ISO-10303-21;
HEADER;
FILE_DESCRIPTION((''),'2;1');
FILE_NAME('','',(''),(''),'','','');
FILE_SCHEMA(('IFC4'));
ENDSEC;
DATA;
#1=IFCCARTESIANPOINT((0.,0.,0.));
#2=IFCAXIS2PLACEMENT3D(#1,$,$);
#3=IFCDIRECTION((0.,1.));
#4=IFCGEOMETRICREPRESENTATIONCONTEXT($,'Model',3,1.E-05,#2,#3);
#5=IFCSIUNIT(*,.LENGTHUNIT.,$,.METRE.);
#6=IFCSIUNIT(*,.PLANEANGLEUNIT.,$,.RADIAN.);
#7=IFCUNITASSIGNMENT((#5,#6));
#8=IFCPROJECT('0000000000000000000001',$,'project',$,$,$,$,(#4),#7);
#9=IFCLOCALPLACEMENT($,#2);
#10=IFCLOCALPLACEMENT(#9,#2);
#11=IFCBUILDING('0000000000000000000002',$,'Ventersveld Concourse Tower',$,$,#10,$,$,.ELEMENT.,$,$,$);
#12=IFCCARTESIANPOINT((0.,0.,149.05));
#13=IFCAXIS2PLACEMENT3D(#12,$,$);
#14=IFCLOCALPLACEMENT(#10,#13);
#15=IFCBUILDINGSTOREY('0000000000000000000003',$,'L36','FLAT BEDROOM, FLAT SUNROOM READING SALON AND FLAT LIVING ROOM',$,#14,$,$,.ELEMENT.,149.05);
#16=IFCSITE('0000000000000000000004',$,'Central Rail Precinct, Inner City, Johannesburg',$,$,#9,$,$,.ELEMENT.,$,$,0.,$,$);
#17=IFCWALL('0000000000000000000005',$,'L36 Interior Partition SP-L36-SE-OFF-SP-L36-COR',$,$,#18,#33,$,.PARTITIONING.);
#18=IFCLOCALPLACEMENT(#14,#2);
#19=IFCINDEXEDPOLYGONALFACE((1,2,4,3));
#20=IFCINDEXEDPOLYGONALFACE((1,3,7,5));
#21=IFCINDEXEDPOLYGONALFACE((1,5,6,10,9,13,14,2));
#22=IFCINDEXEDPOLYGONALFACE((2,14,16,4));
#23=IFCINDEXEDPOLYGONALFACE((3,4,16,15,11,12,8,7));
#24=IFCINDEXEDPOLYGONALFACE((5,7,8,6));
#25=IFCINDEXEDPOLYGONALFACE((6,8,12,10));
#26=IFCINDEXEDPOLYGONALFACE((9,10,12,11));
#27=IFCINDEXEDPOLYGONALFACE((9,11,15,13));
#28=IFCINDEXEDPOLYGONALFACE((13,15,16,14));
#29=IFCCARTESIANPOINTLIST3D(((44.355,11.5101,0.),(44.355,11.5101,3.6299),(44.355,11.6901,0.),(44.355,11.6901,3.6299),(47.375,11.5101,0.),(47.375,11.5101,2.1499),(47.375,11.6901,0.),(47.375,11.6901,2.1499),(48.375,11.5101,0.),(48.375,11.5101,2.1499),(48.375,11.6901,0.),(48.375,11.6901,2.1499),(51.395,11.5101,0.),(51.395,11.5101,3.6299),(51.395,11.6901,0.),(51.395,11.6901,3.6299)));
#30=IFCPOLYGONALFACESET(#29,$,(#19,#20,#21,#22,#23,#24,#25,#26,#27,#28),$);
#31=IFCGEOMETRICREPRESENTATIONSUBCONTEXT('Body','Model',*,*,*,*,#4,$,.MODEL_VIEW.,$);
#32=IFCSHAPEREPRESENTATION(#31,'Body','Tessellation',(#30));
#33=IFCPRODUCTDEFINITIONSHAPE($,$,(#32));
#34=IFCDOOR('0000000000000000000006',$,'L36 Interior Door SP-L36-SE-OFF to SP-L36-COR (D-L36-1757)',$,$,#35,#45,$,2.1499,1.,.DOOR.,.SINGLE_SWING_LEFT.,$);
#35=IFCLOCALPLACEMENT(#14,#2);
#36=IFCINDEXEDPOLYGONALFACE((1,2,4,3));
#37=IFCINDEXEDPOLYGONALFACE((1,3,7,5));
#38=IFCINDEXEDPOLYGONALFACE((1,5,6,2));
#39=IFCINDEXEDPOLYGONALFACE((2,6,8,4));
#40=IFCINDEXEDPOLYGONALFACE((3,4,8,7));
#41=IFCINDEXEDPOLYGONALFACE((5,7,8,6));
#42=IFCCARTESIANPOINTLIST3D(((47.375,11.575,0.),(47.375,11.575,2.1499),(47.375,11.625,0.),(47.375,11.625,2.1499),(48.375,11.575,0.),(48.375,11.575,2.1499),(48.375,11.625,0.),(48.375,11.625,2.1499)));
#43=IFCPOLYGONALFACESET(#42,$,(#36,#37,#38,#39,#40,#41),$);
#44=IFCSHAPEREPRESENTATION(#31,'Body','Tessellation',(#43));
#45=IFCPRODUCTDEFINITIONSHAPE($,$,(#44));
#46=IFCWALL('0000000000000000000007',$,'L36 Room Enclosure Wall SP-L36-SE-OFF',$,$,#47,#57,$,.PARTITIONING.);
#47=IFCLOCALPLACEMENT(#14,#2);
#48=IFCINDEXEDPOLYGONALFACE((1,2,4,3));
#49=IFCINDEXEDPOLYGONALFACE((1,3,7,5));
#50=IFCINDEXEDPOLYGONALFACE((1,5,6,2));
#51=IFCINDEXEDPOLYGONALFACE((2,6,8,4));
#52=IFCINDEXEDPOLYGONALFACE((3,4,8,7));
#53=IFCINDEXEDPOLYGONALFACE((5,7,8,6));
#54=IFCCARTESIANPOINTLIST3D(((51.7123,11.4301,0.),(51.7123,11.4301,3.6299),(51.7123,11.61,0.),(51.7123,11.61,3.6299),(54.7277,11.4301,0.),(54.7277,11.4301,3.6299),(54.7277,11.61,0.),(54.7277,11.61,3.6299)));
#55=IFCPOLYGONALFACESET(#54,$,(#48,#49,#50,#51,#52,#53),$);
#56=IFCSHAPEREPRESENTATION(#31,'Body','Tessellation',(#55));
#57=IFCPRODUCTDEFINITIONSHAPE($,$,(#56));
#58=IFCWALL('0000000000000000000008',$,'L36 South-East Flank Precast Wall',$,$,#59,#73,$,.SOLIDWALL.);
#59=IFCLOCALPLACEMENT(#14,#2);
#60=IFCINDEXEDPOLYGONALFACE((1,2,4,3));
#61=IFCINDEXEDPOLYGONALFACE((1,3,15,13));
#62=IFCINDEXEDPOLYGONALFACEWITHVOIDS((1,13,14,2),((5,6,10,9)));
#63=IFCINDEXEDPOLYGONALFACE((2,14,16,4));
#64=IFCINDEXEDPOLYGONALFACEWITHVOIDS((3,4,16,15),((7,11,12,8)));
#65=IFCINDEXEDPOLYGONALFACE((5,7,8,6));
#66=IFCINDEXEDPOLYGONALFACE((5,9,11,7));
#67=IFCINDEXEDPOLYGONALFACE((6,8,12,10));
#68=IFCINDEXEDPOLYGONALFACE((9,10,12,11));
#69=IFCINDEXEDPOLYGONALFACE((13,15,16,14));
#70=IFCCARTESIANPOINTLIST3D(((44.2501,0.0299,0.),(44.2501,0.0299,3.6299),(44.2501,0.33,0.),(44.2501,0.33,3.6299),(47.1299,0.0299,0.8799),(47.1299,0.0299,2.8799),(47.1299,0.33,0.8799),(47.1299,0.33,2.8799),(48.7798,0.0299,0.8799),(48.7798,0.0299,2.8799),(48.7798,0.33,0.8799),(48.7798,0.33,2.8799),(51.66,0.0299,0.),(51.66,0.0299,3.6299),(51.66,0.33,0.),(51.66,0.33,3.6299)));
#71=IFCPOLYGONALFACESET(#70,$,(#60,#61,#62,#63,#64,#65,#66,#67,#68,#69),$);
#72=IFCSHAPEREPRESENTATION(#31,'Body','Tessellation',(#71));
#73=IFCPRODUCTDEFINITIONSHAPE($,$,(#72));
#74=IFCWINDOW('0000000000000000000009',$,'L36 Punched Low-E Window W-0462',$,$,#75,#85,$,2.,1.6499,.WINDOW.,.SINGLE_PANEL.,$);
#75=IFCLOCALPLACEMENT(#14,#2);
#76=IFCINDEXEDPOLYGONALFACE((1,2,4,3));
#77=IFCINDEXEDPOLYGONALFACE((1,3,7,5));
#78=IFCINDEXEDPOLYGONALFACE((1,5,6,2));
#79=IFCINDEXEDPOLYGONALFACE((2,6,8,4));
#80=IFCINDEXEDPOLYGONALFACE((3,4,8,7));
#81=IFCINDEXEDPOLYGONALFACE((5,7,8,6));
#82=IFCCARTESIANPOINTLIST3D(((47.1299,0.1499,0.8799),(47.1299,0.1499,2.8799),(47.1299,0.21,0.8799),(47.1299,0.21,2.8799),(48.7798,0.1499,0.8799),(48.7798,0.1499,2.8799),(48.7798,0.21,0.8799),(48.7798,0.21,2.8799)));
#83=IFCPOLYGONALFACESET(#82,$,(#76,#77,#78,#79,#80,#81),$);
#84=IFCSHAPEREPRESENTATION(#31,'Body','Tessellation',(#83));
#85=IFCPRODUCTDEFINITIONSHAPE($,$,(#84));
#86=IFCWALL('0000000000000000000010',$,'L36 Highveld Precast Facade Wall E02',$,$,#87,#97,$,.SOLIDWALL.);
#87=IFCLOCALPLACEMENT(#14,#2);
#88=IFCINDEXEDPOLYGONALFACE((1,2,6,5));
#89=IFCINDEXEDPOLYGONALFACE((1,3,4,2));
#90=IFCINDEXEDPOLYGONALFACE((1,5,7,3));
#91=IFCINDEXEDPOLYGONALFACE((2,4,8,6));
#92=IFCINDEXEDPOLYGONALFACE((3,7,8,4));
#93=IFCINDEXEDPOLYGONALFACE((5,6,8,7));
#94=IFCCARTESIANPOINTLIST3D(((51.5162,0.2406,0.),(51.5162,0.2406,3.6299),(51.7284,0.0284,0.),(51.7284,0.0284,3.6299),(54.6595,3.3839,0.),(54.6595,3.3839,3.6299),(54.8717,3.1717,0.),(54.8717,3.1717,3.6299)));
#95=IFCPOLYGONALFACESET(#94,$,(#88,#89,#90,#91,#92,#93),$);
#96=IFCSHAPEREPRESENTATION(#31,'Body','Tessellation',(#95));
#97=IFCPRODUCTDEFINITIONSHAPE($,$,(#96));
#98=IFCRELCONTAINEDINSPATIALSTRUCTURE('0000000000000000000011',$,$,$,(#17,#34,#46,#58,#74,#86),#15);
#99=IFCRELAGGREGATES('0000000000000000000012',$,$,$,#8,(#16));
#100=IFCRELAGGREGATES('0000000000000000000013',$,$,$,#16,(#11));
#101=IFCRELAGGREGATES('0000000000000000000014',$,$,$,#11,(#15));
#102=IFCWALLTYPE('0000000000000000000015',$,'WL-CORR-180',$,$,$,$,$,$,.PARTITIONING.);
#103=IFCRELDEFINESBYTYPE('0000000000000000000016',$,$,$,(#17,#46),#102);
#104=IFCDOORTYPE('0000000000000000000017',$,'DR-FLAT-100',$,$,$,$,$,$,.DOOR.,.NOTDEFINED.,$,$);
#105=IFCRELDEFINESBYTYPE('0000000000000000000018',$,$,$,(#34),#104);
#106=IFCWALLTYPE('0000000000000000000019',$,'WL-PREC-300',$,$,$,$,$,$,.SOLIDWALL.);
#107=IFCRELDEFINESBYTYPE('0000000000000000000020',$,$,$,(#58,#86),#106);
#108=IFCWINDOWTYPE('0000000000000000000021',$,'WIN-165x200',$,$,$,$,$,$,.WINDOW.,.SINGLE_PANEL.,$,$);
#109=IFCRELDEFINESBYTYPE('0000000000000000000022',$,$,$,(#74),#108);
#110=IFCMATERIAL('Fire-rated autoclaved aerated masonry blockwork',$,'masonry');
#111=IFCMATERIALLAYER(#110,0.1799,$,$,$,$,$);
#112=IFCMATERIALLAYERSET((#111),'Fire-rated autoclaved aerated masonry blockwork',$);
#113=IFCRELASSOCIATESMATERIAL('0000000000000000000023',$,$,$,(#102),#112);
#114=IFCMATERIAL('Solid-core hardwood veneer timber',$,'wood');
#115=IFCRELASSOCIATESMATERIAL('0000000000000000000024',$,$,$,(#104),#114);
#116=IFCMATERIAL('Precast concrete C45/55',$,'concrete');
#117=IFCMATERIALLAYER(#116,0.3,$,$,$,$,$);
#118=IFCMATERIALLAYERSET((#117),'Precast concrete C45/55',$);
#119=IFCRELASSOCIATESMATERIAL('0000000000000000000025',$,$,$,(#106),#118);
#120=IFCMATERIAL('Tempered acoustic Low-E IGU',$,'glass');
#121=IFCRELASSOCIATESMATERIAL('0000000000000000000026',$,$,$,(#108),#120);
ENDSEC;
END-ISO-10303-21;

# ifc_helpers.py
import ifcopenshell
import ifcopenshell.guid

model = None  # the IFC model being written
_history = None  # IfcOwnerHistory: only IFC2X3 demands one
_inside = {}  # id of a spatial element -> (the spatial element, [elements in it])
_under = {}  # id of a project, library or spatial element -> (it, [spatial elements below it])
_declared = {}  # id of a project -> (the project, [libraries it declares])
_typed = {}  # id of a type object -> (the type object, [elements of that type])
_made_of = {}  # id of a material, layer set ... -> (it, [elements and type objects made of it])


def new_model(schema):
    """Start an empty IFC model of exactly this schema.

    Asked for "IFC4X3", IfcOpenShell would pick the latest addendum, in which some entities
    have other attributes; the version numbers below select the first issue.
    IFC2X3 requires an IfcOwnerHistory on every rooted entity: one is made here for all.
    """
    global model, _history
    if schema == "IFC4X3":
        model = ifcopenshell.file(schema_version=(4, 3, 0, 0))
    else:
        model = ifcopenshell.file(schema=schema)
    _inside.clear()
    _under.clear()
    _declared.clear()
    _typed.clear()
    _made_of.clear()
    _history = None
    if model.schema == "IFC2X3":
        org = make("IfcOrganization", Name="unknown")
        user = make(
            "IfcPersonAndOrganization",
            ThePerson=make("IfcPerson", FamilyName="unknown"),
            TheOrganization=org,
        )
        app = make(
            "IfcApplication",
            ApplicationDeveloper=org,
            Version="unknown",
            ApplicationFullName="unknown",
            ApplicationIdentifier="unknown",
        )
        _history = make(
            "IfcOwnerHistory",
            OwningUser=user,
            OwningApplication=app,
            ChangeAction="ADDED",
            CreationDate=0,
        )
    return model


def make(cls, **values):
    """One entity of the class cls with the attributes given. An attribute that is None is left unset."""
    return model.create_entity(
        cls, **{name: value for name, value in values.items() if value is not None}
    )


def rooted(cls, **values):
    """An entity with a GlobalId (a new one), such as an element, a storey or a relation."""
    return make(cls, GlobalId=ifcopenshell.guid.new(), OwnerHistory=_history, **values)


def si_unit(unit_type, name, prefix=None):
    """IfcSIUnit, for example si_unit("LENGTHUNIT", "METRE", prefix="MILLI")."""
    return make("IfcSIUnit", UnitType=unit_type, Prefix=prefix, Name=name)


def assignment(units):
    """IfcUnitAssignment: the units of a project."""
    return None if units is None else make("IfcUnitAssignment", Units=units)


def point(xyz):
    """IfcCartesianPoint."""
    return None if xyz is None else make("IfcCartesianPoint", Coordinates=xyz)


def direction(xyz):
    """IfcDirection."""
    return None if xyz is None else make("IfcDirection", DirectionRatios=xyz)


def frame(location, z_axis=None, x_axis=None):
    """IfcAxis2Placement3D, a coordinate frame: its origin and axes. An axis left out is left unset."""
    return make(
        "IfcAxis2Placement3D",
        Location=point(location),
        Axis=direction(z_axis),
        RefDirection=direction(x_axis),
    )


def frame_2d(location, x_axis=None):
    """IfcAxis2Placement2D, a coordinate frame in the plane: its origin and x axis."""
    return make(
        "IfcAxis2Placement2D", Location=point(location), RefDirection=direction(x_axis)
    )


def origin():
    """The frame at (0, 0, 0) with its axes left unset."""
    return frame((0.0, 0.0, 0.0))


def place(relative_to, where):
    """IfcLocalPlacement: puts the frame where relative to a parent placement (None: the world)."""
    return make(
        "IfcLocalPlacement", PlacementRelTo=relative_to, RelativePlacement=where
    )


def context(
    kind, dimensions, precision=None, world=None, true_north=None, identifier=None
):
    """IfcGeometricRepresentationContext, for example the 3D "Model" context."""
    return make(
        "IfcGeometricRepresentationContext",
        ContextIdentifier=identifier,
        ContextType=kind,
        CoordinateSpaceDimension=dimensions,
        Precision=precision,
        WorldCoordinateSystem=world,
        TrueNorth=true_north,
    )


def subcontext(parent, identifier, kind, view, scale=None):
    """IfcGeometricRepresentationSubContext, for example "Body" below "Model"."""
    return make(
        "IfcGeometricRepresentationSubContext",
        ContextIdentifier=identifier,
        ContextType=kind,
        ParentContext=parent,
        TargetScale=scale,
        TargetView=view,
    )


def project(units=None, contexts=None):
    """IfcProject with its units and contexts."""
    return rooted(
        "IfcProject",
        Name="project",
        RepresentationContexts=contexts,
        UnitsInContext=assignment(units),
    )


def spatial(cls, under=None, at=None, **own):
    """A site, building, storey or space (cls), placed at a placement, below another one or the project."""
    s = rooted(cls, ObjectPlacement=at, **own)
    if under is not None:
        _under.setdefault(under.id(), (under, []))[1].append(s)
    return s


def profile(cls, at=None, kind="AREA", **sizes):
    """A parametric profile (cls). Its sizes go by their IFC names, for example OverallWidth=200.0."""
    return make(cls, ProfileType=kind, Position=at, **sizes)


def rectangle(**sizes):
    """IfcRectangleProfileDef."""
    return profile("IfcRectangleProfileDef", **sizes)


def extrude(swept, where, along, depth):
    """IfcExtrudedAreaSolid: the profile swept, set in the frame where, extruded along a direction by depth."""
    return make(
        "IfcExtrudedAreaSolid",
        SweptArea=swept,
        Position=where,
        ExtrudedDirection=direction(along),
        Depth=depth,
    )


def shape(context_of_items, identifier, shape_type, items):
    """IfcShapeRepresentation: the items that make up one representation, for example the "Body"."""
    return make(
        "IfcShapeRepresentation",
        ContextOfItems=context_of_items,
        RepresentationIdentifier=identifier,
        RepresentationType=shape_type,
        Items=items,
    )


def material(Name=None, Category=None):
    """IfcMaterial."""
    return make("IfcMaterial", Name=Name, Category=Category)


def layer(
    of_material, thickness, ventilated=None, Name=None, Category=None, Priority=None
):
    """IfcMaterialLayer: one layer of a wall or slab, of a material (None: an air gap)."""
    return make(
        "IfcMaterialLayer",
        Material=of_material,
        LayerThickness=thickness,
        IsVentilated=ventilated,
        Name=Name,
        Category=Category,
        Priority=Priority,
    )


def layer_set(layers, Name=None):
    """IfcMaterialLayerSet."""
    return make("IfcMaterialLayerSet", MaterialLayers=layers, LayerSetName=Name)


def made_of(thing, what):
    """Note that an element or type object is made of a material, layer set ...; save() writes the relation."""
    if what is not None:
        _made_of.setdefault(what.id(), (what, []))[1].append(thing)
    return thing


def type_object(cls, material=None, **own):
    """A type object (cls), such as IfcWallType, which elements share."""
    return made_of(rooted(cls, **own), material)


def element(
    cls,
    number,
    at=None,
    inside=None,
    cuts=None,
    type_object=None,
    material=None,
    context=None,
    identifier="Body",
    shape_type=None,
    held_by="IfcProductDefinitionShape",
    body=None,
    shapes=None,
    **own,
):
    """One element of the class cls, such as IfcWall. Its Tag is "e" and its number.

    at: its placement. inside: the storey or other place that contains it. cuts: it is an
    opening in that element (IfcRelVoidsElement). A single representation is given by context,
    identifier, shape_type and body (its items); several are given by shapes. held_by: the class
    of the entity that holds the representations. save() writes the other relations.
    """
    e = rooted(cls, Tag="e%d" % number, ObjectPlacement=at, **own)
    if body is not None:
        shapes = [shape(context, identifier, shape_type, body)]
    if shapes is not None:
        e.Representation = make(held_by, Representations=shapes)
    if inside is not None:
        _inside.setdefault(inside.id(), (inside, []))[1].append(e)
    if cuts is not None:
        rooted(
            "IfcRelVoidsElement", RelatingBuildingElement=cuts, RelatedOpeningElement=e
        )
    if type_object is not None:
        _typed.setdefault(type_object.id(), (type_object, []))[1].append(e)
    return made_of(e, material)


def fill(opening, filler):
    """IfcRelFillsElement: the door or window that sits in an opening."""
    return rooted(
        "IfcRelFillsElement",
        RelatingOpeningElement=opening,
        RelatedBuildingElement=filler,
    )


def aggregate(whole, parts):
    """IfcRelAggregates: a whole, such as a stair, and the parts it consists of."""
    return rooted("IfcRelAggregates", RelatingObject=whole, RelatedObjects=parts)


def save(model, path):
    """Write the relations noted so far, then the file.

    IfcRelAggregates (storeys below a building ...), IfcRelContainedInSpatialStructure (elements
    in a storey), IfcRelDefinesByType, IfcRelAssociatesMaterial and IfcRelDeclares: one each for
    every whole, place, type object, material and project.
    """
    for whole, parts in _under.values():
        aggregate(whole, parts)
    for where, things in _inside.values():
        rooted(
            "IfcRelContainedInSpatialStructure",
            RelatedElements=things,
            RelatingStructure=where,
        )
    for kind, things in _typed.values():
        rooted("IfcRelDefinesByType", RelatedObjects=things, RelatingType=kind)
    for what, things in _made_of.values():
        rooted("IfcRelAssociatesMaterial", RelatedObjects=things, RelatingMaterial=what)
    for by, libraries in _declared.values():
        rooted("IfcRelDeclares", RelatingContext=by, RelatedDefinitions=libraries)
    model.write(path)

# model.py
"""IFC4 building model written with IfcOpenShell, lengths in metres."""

from ifc_helpers import new_model, si_unit, direction, frame, frame_2d, origin, place, context, subcontext, project, spatial, rectangle, extrude, material, layer, layer_set, type_object, element, fill, save


model = new_model("IFC4")

# Units and contexts
model_context = context("Model", 3, precision=1e-05, world=origin(), true_north=direction((0.0, 1.0)))
body_context = subcontext(model_context, "Body", "Model", "MODEL_VIEW")
ifc_project = project(units=[si_unit("LENGTHUNIT", "METRE"), si_unit("PLANEANGLEUNIT", "RADIAN")], contexts=[model_context])

# Site, building, storey
site_placement = place(None, origin())
site = spatial("IfcSite", under=ifc_project, at=site_placement, Name="Central Rail Precinct, Inner City, Johannesburg", CompositionType="ELEMENT", RefElevation=0.0)
building_placement = place(site_placement, origin())
building = spatial("IfcBuilding", under=site, at=building_placement, Name="Ventersveld Concourse Tower", CompositionType="ELEMENT")
storey_placement = place(building_placement, frame((0.0, 0.0, 149.05)))
storey = spatial("IfcBuildingStorey", under=building, at=storey_placement, Name="L36", Description="FLAT BEDROOM, FLAT SUNROOM READING SALON AND FLAT LIVING ROOM", CompositionType="ELEMENT", Elevation=149.05)

# Wall, opening, door
ifc_material_1 = material(Name="Fire-rated autoclaved aerated masonry blockwork", Category="masonry")
ifc_layer_1 = layer(ifc_material_1, 0.1799)
ifc_layer_set_1 = layer_set([ifc_layer_1], Name="Fire-rated autoclaved aerated masonry blockwork")
wall_type_1 = type_object("IfcWallType", Name="WL-CORR-180", PredefinedType="PARTITIONING", material=ifc_layer_set_1)
wall_1_placement = place(storey_placement, frame((44.355, 11.6001, 0.0), z_axis=(0.0, 0.0, 1.0), x_axis=(1.0, 0.0, 0.0)))
wall_1 = element("IfcWall", 1, at=wall_1_placement, inside=storey, type_object=wall_type_1, Name="L36 Interior Partition SP-L36-SE-OFF-SP-L36-COR", PredefinedType="PARTITIONING", context=body_context, shape_type="SweptSolid", body=[
    extrude(rectangle(XDim=7.04, YDim=0.1799, at=frame_2d((3.52, 0.0))), origin(), (0.0, 0.0, 1.0), 3.6299),
])
opening_1_placement = place(wall_1_placement, frame((3.02, 0.0, 0.0)))
opening_1 = element("IfcOpeningElement", 2, at=opening_1_placement, cuts=wall_1, PredefinedType="OPENING", context=body_context, shape_type="SweptSolid", body=[
    extrude(rectangle(XDim=1.0, YDim=2.1499, at=frame_2d((0.5, 1.075))), frame((0.0, 0.1001, 0.0), z_axis=(0.0, -1.0, 0.0), x_axis=(1.0, 0.0, 0.0)), (0.0, 0.0, 1.0), 0.2),
])
ifc_material_2 = material(Name="Solid-core hardwood veneer timber", Category="wood")
door_type = type_object("IfcDoorType", Name="DR-FLAT-100", OperationType="NOTDEFINED", PredefinedType="DOOR", material=ifc_material_2)
door_placement = place(opening_1_placement, origin())
door = element("IfcDoor", 3, at=door_placement, inside=storey, type_object=door_type, Name="L36 Interior Door SP-L36-SE-OFF to SP-L36-COR (D-L36-1757)", OperationType="SINGLE_SWING_LEFT", OverallHeight=2.1499, OverallWidth=1.0, PredefinedType="DOOR", context=body_context, shape_type="SweptSolid", body=[
    extrude(rectangle(XDim=1.0, YDim=2.1499, at=frame_2d((0.5, 1.075))), frame((0.0, 0.0249, 0.0), z_axis=(0.0, -1.0, 0.0), x_axis=(1.0, 0.0, 0.0)), (0.0, 0.0, 1.0), 0.05),
])
fill(opening_1, door)

# Wall
wall_2_placement = place(storey_placement, frame((51.7122, 11.52, 0.0), z_axis=(0.0, 0.0, 1.0), x_axis=(1.0, 0.0, 0.0)))
element("IfcWall", 4, at=wall_2_placement, inside=storey, type_object=wall_type_1, Name="L36 Room Enclosure Wall SP-L36-SE-OFF", PredefinedType="PARTITIONING", context=body_context, shape_type="SweptSolid", body=[
    extrude(rectangle(XDim=3.0154, YDim=0.1799, at=frame_2d((1.5078, 0.0))), origin(), (0.0, 0.0, 1.0), 3.6299),
])

# Wall, opening, window
ifc_material_3 = material(Name="Precast concrete C45/55", Category="concrete")
ifc_layer_2 = layer(ifc_material_3, 0.3)
ifc_layer_set_2 = layer_set([ifc_layer_2], Name="Precast concrete C45/55")
wall_type_2 = type_object("IfcWallType", Name="WL-PREC-300", PredefinedType="SOLIDWALL", material=ifc_layer_set_2)
wall_3_placement = place(storey_placement, frame((44.25, 0.1799, 0.0), z_axis=(0.0, 0.0, 1.0), x_axis=(1.0, 0.0, 0.0)))
wall_3 = element("IfcWall", 5, at=wall_3_placement, inside=storey, type_object=wall_type_2, Name="L36 South-East Flank Precast Wall", PredefinedType="SOLIDWALL", context=body_context, shape_type="SweptSolid", body=[
    extrude(rectangle(XDim=7.4099, YDim=0.3, at=frame_2d((3.7051, 0.0))), origin(), (0.0, 0.0, 1.0), 3.6299),
])
opening_2_placement = place(wall_3_placement, frame((2.8799, 0.0, 0.8799)))
opening_2 = element("IfcOpeningElement", 6, at=opening_2_placement, cuts=wall_3, PredefinedType="OPENING", context=body_context, shape_type="SweptSolid", body=[
    extrude(rectangle(XDim=1.6499, YDim=2.0, at=frame_2d((0.825, 1.0))), frame((0.0, 0.1602, 0.0), z_axis=(0.0, -1.0, 0.0), x_axis=(1.0, 0.0, 0.0)), (0.0, 0.0, 1.0), 0.3201),
])
ifc_material_4 = material(Name="Tempered acoustic Low-E IGU", Category="glass")
window_type_1 = type_object("IfcWindowType", Name="WIN-165x200", PartitioningType="SINGLE_PANEL", PredefinedType="WINDOW", material=ifc_material_4)
window_1_placement = place(opening_2_placement, origin())
window_1 = element("IfcWindow", 7, at=window_1_placement, inside=storey, type_object=window_type_1, Name="L36 Punched Low-E Window W-0462", OverallHeight=2.0, OverallWidth=1.6499, PartitioningType="SINGLE_PANEL", PredefinedType="WINDOW", context=body_context, shape_type="SweptSolid", body=[
    extrude(rectangle(XDim=1.6499, YDim=2.0, at=frame_2d((0.825, 1.0))), frame((0.0, 0.03, 0.0), z_axis=(0.0, -1.0, 0.0), x_axis=(1.0, 0.0, 0.0)), (0.0, 0.0, 1.0), 0.0601),
])
fill(opening_2, window_1)

# Wall
wall_4_placement = place(storey_placement, frame((51.6223, 0.1345, 0.0), z_axis=(0.0, 0.0, 1.0), x_axis=(0.707107, 0.707107, 0.0)))
element("IfcWall", 8, at=wall_4_placement, inside=storey, type_object=wall_type_2, Name="L36 Highveld Precast Facade Wall E02", PredefinedType="SOLIDWALL", context=body_context, shape_type="SweptSolid", body=[
    extrude(rectangle(XDim=4.4453, YDim=0.3, at=frame_2d((2.2227, 0.0))), origin(), (0.0, 0.0, 1.0), 3.6299),
])

save(model, "model.ifc")
